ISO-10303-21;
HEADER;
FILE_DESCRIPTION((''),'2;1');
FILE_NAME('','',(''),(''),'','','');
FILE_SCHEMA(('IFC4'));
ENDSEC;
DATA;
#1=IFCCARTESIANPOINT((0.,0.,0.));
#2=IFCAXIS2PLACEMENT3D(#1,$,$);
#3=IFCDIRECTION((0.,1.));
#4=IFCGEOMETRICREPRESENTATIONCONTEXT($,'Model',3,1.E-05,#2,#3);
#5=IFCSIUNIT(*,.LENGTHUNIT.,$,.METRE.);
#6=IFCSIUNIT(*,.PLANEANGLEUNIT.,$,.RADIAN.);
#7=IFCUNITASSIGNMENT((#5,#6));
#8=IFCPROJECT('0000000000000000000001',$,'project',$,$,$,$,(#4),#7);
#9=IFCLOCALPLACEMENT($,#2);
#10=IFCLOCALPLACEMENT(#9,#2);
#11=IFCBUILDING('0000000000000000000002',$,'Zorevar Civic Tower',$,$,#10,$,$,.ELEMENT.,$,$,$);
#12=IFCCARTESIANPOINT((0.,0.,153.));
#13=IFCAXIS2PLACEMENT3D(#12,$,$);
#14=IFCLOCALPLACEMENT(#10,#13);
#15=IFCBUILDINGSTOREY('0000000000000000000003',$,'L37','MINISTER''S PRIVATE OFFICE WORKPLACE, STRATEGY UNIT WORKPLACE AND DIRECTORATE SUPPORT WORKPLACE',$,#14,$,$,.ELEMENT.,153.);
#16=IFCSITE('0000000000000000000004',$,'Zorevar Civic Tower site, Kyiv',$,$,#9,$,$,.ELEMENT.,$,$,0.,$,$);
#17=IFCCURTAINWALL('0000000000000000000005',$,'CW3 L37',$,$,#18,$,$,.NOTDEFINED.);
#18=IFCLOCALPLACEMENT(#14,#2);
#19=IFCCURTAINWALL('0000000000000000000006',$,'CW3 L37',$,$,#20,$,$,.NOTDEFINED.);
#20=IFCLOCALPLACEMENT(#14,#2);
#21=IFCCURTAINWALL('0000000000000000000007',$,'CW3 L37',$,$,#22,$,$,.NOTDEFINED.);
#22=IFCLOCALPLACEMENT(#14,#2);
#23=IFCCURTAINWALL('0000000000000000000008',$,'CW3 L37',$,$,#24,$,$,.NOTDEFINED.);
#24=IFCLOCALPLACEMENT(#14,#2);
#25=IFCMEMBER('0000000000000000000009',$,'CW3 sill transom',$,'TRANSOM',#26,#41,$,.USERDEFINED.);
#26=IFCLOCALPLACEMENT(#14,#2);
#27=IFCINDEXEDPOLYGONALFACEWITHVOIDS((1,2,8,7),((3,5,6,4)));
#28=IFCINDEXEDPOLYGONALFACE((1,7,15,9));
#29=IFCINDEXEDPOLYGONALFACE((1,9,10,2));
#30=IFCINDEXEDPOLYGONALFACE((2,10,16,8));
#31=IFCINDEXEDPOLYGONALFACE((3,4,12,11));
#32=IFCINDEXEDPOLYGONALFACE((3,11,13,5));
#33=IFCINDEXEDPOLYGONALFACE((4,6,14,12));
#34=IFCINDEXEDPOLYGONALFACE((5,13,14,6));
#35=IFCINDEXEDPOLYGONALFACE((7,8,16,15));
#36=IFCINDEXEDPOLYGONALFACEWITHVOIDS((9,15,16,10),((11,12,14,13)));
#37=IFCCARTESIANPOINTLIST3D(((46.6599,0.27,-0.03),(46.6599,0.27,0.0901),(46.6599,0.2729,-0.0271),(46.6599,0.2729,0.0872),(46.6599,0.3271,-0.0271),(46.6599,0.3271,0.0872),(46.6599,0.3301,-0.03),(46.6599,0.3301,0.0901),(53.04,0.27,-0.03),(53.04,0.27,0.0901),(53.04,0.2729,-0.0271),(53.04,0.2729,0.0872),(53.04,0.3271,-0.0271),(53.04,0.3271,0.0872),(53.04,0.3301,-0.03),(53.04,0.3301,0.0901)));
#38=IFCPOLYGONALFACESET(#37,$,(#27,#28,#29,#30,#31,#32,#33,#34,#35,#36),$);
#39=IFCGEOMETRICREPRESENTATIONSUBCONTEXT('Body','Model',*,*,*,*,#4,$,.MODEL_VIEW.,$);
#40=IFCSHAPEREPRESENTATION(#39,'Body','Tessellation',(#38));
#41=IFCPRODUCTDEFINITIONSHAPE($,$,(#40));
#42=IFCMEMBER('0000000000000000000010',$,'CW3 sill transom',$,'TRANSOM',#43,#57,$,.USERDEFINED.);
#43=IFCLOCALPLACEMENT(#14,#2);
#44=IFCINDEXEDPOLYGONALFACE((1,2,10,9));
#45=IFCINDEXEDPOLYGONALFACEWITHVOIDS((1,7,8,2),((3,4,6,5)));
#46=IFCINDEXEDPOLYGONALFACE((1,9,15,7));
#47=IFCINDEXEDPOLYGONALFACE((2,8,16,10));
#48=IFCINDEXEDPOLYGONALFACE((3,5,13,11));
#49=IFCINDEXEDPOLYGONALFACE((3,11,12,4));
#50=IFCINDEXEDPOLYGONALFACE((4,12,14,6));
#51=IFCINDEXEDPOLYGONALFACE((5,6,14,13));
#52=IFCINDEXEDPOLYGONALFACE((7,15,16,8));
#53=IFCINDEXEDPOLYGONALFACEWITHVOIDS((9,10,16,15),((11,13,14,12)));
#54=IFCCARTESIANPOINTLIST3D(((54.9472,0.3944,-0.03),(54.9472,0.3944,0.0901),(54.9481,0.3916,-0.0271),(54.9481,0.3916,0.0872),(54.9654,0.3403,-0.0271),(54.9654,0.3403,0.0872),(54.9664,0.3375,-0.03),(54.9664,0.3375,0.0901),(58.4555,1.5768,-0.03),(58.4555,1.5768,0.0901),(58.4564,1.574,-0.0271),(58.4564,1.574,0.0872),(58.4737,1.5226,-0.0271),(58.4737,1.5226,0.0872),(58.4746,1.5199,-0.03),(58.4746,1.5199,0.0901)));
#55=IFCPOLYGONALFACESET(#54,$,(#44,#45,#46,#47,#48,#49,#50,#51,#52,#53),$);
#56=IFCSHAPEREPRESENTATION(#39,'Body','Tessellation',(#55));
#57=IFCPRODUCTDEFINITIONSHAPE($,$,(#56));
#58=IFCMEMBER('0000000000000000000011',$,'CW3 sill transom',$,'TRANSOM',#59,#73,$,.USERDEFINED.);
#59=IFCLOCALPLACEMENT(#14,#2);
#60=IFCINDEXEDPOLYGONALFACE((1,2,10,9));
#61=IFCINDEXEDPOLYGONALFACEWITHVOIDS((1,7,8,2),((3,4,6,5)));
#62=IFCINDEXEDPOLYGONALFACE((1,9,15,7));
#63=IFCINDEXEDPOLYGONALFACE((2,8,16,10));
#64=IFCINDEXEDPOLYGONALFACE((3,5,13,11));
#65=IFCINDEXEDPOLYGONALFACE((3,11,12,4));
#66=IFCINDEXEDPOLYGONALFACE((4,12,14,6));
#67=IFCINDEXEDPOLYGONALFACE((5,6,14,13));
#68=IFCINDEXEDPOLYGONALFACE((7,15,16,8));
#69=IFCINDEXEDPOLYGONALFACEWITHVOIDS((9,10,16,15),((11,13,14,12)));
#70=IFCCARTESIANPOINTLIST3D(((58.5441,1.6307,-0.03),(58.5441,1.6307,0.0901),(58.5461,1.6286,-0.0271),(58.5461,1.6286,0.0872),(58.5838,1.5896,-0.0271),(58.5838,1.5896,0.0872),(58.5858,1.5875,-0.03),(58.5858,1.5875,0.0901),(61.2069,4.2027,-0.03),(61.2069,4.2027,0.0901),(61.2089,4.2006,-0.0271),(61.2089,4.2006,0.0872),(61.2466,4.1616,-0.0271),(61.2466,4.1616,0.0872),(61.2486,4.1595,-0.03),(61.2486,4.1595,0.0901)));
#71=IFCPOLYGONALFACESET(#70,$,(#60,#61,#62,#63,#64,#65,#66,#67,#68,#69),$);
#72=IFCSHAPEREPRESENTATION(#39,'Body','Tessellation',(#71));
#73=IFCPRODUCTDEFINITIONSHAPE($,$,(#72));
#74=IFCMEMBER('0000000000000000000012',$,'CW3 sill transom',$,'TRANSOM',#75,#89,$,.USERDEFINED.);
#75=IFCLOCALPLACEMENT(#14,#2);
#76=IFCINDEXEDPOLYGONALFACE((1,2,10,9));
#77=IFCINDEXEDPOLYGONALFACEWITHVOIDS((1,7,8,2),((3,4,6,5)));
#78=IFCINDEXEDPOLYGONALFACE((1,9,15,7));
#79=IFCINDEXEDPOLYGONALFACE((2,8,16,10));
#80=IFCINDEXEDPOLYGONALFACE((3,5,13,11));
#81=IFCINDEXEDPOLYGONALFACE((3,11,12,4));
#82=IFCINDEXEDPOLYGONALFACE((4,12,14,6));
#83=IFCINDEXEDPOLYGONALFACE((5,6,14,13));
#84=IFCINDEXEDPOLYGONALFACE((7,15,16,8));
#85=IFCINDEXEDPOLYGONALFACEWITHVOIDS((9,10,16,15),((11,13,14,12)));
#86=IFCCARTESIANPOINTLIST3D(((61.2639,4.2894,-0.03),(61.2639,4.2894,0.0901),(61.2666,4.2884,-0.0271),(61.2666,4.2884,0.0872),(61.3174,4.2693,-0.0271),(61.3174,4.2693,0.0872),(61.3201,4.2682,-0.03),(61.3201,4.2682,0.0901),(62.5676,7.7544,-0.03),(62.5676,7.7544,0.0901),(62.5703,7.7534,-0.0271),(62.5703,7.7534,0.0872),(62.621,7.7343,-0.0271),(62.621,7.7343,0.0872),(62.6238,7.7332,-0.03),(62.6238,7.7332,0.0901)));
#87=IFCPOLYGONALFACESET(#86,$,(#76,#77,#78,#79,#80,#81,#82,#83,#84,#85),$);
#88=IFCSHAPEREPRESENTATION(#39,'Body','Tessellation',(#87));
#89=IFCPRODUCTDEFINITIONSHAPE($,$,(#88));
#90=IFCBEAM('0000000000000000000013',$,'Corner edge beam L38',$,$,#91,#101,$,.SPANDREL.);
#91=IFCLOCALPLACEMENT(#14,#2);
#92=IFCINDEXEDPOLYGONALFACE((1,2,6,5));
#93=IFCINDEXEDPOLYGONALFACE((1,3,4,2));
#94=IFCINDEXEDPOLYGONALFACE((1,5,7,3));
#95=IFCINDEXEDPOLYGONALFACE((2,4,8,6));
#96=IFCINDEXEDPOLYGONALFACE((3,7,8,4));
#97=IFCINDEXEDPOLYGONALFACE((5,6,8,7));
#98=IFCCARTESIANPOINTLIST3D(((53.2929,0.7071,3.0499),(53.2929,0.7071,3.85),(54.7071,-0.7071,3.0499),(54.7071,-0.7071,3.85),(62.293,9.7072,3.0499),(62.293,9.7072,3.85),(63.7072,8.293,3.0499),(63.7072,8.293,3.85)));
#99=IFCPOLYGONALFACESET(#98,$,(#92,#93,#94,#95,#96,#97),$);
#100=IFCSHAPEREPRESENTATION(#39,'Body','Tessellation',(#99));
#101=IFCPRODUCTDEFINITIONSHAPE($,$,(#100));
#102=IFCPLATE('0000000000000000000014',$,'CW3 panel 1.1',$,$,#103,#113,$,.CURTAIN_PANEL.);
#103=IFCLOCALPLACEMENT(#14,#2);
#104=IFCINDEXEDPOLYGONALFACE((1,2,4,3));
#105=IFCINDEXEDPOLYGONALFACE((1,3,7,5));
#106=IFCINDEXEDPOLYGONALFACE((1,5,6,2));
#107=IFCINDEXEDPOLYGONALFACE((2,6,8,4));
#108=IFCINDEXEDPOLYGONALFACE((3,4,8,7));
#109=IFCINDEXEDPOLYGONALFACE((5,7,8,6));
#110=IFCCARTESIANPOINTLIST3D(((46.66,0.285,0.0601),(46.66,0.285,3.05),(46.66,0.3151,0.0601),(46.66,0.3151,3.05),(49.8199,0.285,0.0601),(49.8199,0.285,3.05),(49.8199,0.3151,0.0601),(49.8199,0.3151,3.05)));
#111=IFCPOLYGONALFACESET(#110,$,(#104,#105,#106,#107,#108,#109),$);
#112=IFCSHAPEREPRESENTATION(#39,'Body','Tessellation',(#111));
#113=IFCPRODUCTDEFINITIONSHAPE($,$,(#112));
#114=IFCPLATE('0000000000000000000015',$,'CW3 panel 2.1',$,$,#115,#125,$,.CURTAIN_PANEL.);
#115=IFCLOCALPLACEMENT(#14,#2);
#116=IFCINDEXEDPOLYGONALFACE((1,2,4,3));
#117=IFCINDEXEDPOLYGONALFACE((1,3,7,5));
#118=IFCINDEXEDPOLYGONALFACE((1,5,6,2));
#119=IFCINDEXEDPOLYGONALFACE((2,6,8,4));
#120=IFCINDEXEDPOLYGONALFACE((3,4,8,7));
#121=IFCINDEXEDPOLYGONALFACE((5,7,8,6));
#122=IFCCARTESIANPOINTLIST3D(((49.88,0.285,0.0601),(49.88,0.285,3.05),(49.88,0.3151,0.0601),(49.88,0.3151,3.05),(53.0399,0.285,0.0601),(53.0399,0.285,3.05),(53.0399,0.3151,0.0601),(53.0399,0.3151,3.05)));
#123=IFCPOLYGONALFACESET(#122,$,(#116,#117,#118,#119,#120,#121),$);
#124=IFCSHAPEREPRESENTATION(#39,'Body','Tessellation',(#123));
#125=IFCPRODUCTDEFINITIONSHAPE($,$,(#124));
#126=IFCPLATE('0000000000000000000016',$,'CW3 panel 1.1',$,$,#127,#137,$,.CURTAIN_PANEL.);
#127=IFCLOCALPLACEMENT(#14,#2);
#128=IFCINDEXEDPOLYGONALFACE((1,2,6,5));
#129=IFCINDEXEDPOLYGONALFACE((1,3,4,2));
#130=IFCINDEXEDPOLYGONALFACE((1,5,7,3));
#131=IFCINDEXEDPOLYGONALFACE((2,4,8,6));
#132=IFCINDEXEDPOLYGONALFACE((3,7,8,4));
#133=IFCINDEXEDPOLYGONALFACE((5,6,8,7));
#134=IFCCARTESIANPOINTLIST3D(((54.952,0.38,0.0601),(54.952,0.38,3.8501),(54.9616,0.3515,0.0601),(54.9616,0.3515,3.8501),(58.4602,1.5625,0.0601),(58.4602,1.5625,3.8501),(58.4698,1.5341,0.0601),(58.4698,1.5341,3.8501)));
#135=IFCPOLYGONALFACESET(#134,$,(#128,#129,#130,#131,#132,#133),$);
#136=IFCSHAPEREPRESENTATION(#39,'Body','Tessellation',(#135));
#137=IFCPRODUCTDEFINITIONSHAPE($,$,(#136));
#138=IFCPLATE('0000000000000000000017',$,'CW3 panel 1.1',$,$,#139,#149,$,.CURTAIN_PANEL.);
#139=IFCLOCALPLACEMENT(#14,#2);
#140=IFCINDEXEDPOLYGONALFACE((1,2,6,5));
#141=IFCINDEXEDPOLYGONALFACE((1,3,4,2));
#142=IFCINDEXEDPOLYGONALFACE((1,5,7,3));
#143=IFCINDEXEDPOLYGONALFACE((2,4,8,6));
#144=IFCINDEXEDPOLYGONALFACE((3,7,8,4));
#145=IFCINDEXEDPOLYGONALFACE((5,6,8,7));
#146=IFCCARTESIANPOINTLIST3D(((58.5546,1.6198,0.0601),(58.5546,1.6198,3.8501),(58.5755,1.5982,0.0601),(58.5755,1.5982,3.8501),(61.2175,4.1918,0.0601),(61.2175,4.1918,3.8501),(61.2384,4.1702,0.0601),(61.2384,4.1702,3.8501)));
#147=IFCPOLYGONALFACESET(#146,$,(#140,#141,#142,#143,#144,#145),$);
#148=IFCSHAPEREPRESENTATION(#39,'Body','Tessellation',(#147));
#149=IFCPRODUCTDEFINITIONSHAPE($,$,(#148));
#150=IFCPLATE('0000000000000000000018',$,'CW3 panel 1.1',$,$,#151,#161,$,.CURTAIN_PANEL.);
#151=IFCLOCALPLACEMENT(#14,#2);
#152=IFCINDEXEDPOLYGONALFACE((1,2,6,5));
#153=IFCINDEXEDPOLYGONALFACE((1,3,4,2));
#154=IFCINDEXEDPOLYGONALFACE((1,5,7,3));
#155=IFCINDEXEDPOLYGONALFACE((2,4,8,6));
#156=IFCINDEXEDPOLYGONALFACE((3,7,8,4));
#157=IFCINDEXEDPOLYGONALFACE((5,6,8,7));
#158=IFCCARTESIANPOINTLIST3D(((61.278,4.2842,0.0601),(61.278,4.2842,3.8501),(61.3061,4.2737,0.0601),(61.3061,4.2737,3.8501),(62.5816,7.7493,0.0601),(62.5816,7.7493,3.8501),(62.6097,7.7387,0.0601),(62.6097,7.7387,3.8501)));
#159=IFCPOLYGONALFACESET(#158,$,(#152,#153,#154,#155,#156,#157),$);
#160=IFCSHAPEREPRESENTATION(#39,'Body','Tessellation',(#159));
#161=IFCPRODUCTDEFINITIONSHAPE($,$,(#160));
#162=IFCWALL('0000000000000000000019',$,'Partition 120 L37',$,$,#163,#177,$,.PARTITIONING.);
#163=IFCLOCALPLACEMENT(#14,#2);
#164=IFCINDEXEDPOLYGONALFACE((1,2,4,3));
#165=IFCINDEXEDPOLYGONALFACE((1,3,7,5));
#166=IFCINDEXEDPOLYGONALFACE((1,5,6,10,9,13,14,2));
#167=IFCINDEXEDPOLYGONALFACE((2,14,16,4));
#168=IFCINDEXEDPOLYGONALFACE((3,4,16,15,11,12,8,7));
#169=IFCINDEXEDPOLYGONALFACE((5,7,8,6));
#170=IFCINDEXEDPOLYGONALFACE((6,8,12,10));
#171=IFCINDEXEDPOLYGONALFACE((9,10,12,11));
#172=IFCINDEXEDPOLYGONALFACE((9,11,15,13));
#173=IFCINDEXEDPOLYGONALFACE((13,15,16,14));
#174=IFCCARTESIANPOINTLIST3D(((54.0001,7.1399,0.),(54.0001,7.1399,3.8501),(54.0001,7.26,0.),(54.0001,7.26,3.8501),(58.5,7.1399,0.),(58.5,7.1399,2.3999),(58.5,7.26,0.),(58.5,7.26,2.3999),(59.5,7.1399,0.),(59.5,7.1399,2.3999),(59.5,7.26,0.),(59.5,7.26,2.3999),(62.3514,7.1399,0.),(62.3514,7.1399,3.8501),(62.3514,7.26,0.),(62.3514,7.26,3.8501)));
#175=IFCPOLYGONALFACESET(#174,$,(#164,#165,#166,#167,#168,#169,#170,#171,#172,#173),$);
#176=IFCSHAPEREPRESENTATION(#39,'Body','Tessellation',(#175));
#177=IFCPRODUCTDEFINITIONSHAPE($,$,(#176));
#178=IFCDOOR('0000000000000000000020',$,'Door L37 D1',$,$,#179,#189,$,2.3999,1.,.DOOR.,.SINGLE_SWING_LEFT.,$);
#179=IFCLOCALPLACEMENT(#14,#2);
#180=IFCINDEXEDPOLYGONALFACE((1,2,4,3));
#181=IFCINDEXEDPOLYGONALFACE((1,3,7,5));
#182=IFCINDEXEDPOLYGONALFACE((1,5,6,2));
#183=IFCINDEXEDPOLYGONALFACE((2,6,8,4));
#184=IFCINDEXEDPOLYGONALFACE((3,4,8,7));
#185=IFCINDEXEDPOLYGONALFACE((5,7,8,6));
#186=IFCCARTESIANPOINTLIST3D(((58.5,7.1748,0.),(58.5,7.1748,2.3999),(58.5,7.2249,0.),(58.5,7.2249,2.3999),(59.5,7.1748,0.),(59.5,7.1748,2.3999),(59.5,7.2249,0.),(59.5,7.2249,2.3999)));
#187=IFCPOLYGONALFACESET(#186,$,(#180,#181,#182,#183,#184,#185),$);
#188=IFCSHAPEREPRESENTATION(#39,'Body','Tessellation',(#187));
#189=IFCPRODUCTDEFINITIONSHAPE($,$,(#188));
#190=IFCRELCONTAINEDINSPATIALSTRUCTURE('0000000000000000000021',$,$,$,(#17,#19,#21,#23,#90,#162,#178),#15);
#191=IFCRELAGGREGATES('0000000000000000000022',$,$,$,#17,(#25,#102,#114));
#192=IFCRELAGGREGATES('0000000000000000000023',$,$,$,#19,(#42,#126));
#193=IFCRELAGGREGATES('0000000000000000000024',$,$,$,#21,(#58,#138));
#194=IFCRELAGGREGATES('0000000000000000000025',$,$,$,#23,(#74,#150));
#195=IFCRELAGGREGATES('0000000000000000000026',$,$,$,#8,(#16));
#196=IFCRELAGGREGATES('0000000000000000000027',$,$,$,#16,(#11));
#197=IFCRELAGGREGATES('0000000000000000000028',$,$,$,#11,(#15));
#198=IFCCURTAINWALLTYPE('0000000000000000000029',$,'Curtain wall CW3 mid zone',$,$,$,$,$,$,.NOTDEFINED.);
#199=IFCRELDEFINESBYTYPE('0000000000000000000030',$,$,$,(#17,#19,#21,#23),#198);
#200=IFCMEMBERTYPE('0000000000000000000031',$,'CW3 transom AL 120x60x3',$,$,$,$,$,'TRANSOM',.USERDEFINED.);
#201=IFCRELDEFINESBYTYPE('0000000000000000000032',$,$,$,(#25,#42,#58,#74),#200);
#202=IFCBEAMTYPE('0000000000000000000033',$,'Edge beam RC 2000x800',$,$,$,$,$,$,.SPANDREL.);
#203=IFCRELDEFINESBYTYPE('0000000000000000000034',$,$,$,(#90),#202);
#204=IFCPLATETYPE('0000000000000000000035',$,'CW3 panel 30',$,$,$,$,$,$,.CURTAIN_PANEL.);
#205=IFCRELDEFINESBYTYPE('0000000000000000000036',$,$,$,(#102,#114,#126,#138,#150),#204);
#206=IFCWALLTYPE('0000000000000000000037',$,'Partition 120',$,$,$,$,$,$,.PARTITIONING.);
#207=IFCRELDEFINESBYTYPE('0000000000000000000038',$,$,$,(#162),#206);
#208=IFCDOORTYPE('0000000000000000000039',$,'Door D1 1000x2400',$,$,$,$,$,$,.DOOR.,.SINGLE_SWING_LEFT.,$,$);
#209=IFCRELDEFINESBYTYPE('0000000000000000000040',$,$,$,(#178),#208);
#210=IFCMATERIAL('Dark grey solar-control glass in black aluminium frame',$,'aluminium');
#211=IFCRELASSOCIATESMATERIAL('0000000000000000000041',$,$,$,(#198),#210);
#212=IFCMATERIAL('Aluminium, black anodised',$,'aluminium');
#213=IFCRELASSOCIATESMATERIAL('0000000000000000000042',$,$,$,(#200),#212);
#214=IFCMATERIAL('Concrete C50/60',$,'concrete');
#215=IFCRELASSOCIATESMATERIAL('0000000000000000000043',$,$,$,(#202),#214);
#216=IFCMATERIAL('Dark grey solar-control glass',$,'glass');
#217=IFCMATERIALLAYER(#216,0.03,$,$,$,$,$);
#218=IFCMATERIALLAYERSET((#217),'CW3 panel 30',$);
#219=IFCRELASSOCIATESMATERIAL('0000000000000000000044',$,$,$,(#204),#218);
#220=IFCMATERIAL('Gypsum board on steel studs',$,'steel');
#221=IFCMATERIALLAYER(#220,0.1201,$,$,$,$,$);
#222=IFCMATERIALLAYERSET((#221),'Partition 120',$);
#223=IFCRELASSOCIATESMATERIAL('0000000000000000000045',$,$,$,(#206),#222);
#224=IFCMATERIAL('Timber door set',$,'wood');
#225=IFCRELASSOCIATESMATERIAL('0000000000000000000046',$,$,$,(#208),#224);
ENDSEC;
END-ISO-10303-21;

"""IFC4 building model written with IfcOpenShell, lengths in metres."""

from ifc_helpers import new_model, si_unit, direction, frame, frame_2d, origin, origin_2d, place, context, subcontext, project, spatial, rectangle, hollow_rectangle, extrude, material, layer, layer_set, material_profile, profile_set, type_object, element, fill, aggregate, save


model = new_model("IFC4")

# Units and contexts
model_context = context("Model", 3, precision=1e-05, world=origin(), true_north=direction((0.0, 1.0)))
body_context = subcontext(model_context, "Body", "Model", "MODEL_VIEW")
ifc_project = project(units=[si_unit("LENGTHUNIT", "METRE"), si_unit("PLANEANGLEUNIT", "RADIAN")], contexts=[model_context])

# Site, building, storey
site_placement = place(None, origin())
site = spatial("IfcSite", under=ifc_project, at=site_placement, Name="Zorevar Civic Tower site, Kyiv", CompositionType="ELEMENT", RefElevation=0.0)
building_placement = place(site_placement, origin())
building = spatial("IfcBuilding", under=site, at=building_placement, Name="Zorevar Civic Tower", CompositionType="ELEMENT")
storey_placement = place(building_placement, frame((0.0, 0.0, 153.0)))
storey = spatial("IfcBuildingStorey", under=building, at=storey_placement, Name="L37", Description="MINISTER'S PRIVATE OFFICE WORKPLACE, STRATEGY UNIT WORKPLACE AND DIRECTORATE SUPPORT WORKPLACE", CompositionType="ELEMENT", Elevation=153.0)

# Curtain walls
ifc_material_1 = material(Name="Dark grey solar-control glass in black aluminium frame", Category="aluminium")
curtain_wall_type = type_object("IfcCurtainWallType", Name="Curtain wall CW3 mid zone", PredefinedType="NOTDEFINED", material=ifc_material_1)
curtain_wall_1_placement = place(storey_placement, origin())
curtain_wall_1 = element("IfcCurtainWall", 1, at=curtain_wall_1_placement, inside=storey, type_object=curtain_wall_type, Name="CW3 L37", PredefinedType="NOTDEFINED")
curtain_wall_2_placement = place(storey_placement, origin())
curtain_wall_2 = element("IfcCurtainWall", 2, at=curtain_wall_2_placement, inside=storey, type_object=curtain_wall_type, Name="CW3 L37", PredefinedType="NOTDEFINED")
curtain_wall_3_placement = place(storey_placement, origin())
curtain_wall_3 = element("IfcCurtainWall", 3, at=curtain_wall_3_placement, inside=storey, type_object=curtain_wall_type, Name="CW3 L37", PredefinedType="NOTDEFINED")

# Curtain wall
curtain_wall_4_placement = place(storey_placement, origin())
curtain_wall_4 = element("IfcCurtainWall", 4, at=curtain_wall_4_placement, inside=storey, type_object=curtain_wall_type, Name="CW3 L37", PredefinedType="NOTDEFINED")

# Members
ifc_material_2 = material(Name="Aluminium, black anodised", Category="aluminium")
ifc_material_profile_1 = material_profile(ifc_material_2, hollow_rectangle(XDim=0.0601, YDim=0.1201, WallThickness=0.0029, at=origin_2d()), Name="AL 120x60x3")
ifc_profile_set_1 = profile_set([ifc_material_profile_1], Name="Aluminium, black anodised")
member_type_1 = type_object("IfcMemberType", Name="CW3 transom AL 120x60x3", ElementType="TRANSOM", PredefinedType="USERDEFINED", material=ifc_profile_set_1)
member_1_placement = place(storey_placement, frame((46.6599, 0.3, 0.03), z_axis=(1.0, 0.0, 0.0), x_axis=(0.0, 1.0, 0.0)))
member_1 = element("IfcMember", 5, at=member_1_placement, type_object=member_type_1, Name="CW3 sill transom", ObjectType="TRANSOM", PredefinedType="USERDEFINED", context=body_context, shape_type="SweptSolid", body=[
    extrude(hollow_rectangle(XDim=0.0601, YDim=0.1201, WallThickness=0.0029, at=origin_2d()), origin(), (0.0, 0.0, 1.0), 6.3801),
])
member_2_placement = place(storey_placement, frame((54.9568, 0.366, 0.03), z_axis=(0.94763, 0.319372, 0.0), x_axis=(-0.319372, 0.94763, 0.0)))
member_2 = element("IfcMember", 6, at=member_2_placement, type_object=member_type_1, Name="CW3 sill transom", ObjectType="TRANSOM", PredefinedType="USERDEFINED", context=body_context, shape_type="SweptSolid", body=[
    extrude(hollow_rectangle(XDim=0.0601, YDim=0.1201, WallThickness=0.0029, at=origin_2d()), origin(), (0.0, 0.0, 1.0), 3.7021),
])
member_3_placement = place(storey_placement, frame((58.5649, 1.6091, 0.03), z_axis=(0.719266, 0.694735, 0.0), x_axis=(-0.694735, 0.719266, 0.0)))
member_3 = element("IfcMember", 7, at=member_3_placement, type_object=member_type_1, Name="CW3 sill transom", ObjectType="TRANSOM", PredefinedType="USERDEFINED", context=body_context, shape_type="SweptSolid", body=[
    extrude(hollow_rectangle(XDim=0.0601, YDim=0.1201, WallThickness=0.0029, at=origin_2d()), origin(), (0.0, 0.0, 1.0), 3.7021),
])
member_4_placement = place(storey_placement, frame((61.292, 4.2788, 0.03), z_axis=(0.352142, 0.935947, 0.0), x_axis=(-0.935947, 0.352142, 0.0)))
member_4 = element("IfcMember", 8, at=member_4_placement, type_object=member_type_1, Name="CW3 sill transom", ObjectType="TRANSOM", PredefinedType="USERDEFINED", context=body_context, shape_type="SweptSolid", body=[
    extrude(hollow_rectangle(XDim=0.0601, YDim=0.1201, WallThickness=0.0029, at=origin_2d()), origin(), (0.0, 0.0, 1.0), 3.7021),
])

# Beam
ifc_material_3 = material(Name="Concrete C50/60", Category="concrete")
ifc_material_profile_2 = material_profile(ifc_material_3, rectangle(XDim=2.0, YDim=0.8, at=origin_2d()), Name="RC 2000x800")
ifc_profile_set_2 = profile_set([ifc_material_profile_2], Name="Concrete C50/60")
beam_type_1 = type_object("IfcBeamType", Name="Edge beam RC 2000x800", PredefinedType="SPANDREL", material=ifc_profile_set_2)
beam_1_placement = place(storey_placement, frame((54.0, 0.0, 3.45), z_axis=(0.707107, 0.707107, 0.0), x_axis=(-0.707107, 0.707107, 0.0)))
element("IfcBeam", 9, at=beam_1_placement, inside=storey, type_object=beam_type_1, Name="Corner edge beam L38", PredefinedType="SPANDREL", context=body_context, shape_type="SweptSolid", body=[
    extrude(rectangle(XDim=2.0, YDim=0.8, at=origin_2d()), origin(), (0.0, 0.0, 1.0), 12.728),
])

# Plates
ifc_material_4 = material(Name="Dark grey solar-control glass", Category="glass")
ifc_layer_1 = layer(ifc_material_4, 0.03)
ifc_layer_set_1 = layer_set([ifc_layer_1], Name="CW3 panel 30")
plate_type = type_object("IfcPlateType", Name="CW3 panel 30", PredefinedType="CURTAIN_PANEL", material=ifc_layer_set_1)
plate_1_placement = place(storey_placement, frame((48.24, 0.3, 0.0601), z_axis=(0.0, 0.0, 1.0), x_axis=(1.0, 0.0, 0.0)))
plate_1 = element("IfcPlate", 10, at=plate_1_placement, type_object=plate_type, Name="CW3 panel 1.1", PredefinedType="CURTAIN_PANEL", context=body_context, shape_type="SweptSolid", body=[
    extrude(rectangle(XDim=3.1599, YDim=0.03, at=origin_2d()), origin(), (0.0, 0.0, 1.0), 2.99),
])
plate_2_placement = place(storey_placement, frame((51.46, 0.3, 0.0601), z_axis=(0.0, 0.0, 1.0), x_axis=(1.0, 0.0, 0.0)))
plate_2 = element("IfcPlate", 11, at=plate_2_placement, type_object=plate_type, Name="CW3 panel 2.1", PredefinedType="CURTAIN_PANEL", context=body_context, shape_type="SweptSolid", body=[
    extrude(rectangle(XDim=3.1599, YDim=0.03, at=origin_2d()), origin(), (0.0, 0.0, 1.0), 2.99),
])
aggregate(curtain_wall_1, [member_1, plate_1, plate_2])
plate_3_placement = place(storey_placement, frame((56.7109, 0.957, 0.0601), z_axis=(0.0, 0.0, 1.0), x_axis=(0.947616, 0.319413, 0.0)))
plate_3 = element("IfcPlate", 12, at=plate_3_placement, type_object=plate_type, Name="CW3 panel 1.1", PredefinedType="CURTAIN_PANEL", context=body_context, shape_type="SweptSolid", body=[
    extrude(rectangle(XDim=3.7021, YDim=0.03, at=origin_2d()), origin(), (0.0, 0.0, 1.0), 3.79),
])
aggregate(curtain_wall_2, [member_2, plate_3])
plate_4_placement = place(storey_placement, frame((59.8965, 2.895, 0.0601), z_axis=(0.0, 0.0, 1.0), x_axis=(0.719281, 0.694719, 0.0)))
plate_4 = element("IfcPlate", 13, at=plate_4_placement, type_object=plate_type, Name="CW3 panel 1.1", PredefinedType="CURTAIN_PANEL", context=body_context, shape_type="SweptSolid", body=[
    extrude(rectangle(XDim=3.7021, YDim=0.03, at=origin_2d()), origin(), (0.0, 0.0, 1.0), 3.79),
])
aggregate(curtain_wall_3, [member_3, plate_4])
plate_5_placement = place(storey_placement, frame((61.9438, 6.0115, 0.0601), z_axis=(0.0, 0.0, 1.0), x_axis=(0.352132, 0.935951, 0.0)))
plate_5 = element("IfcPlate", 14, at=plate_5_placement, type_object=plate_type, Name="CW3 panel 1.1", PredefinedType="CURTAIN_PANEL", context=body_context, shape_type="SweptSolid", body=[
    extrude(rectangle(XDim=3.7021, YDim=0.03, at=origin_2d()), origin(), (0.0, 0.0, 1.0), 3.79),
])
aggregate(curtain_wall_4, [member_4, plate_5])

# Wall, opening, door
ifc_material_5 = material(Name="Gypsum board on steel studs", Category="steel")
ifc_layer_2 = layer(ifc_material_5, 0.1201)
ifc_layer_set_2 = layer_set([ifc_layer_2], Name="Partition 120")
wall_type = type_object("IfcWallType", Name="Partition 120", PredefinedType="PARTITIONING", material=ifc_layer_set_2)
wall_1_placement = place(storey_placement, frame((54.0, 7.2, 0.0), z_axis=(0.0, 0.0, 1.0), x_axis=(1.0, 0.0, 0.0)))
wall_1 = element("IfcWall", 15, at=wall_1_placement, inside=storey, type_object=wall_type, Name="Partition 120 L37", PredefinedType="PARTITIONING", context=body_context, shape_type="SweptSolid", body=[
    extrude(rectangle(XDim=8.3513, YDim=0.1201, at=frame_2d((4.1758, 0.0))), origin(), (0.0, 0.0, 1.0), 3.8501),
])
opening_placement = place(wall_1_placement, frame((4.5, 0.0, 0.0)))
opening = element("IfcOpeningElement", 16, at=opening_placement, cuts=wall_1, PredefinedType="OPENING", context=body_context, shape_type="SweptSolid", body=[
    extrude(rectangle(XDim=1.0, YDim=2.3999, at=frame_2d((0.5, 1.2))), frame((0.0, 0.0701, 0.0), z_axis=(0.0, -1.0, 0.0), x_axis=(1.0, 0.0, 0.0)), (0.0, 0.0, 1.0), 0.1401),
])
ifc_material_6 = material(Name="Timber door set", Category="wood")
door_type = type_object("IfcDoorType", Name="Door D1 1000x2400", OperationType="SINGLE_SWING_LEFT", PredefinedType="DOOR", material=ifc_material_6)
door_placement = place(opening_placement, origin())
door = element("IfcDoor", 17, at=door_placement, inside=storey, type_object=door_type, Name="Door L37 D1", OperationType="SINGLE_SWING_LEFT", OverallHeight=2.3999, OverallWidth=1.0, PredefinedType="DOOR", context=body_context, shape_type="SweptSolid", body=[
    extrude(rectangle(XDim=1.0, YDim=2.3999, at=frame_2d((0.5, 1.2))), frame((0.0, 0.0249, 0.0), z_axis=(0.0, -1.0, 0.0), x_axis=(1.0, 0.0, 0.0)), (0.0, 0.0, 1.0), 0.05),
])
fill(opening, door)

save(model, "model.ifc")
